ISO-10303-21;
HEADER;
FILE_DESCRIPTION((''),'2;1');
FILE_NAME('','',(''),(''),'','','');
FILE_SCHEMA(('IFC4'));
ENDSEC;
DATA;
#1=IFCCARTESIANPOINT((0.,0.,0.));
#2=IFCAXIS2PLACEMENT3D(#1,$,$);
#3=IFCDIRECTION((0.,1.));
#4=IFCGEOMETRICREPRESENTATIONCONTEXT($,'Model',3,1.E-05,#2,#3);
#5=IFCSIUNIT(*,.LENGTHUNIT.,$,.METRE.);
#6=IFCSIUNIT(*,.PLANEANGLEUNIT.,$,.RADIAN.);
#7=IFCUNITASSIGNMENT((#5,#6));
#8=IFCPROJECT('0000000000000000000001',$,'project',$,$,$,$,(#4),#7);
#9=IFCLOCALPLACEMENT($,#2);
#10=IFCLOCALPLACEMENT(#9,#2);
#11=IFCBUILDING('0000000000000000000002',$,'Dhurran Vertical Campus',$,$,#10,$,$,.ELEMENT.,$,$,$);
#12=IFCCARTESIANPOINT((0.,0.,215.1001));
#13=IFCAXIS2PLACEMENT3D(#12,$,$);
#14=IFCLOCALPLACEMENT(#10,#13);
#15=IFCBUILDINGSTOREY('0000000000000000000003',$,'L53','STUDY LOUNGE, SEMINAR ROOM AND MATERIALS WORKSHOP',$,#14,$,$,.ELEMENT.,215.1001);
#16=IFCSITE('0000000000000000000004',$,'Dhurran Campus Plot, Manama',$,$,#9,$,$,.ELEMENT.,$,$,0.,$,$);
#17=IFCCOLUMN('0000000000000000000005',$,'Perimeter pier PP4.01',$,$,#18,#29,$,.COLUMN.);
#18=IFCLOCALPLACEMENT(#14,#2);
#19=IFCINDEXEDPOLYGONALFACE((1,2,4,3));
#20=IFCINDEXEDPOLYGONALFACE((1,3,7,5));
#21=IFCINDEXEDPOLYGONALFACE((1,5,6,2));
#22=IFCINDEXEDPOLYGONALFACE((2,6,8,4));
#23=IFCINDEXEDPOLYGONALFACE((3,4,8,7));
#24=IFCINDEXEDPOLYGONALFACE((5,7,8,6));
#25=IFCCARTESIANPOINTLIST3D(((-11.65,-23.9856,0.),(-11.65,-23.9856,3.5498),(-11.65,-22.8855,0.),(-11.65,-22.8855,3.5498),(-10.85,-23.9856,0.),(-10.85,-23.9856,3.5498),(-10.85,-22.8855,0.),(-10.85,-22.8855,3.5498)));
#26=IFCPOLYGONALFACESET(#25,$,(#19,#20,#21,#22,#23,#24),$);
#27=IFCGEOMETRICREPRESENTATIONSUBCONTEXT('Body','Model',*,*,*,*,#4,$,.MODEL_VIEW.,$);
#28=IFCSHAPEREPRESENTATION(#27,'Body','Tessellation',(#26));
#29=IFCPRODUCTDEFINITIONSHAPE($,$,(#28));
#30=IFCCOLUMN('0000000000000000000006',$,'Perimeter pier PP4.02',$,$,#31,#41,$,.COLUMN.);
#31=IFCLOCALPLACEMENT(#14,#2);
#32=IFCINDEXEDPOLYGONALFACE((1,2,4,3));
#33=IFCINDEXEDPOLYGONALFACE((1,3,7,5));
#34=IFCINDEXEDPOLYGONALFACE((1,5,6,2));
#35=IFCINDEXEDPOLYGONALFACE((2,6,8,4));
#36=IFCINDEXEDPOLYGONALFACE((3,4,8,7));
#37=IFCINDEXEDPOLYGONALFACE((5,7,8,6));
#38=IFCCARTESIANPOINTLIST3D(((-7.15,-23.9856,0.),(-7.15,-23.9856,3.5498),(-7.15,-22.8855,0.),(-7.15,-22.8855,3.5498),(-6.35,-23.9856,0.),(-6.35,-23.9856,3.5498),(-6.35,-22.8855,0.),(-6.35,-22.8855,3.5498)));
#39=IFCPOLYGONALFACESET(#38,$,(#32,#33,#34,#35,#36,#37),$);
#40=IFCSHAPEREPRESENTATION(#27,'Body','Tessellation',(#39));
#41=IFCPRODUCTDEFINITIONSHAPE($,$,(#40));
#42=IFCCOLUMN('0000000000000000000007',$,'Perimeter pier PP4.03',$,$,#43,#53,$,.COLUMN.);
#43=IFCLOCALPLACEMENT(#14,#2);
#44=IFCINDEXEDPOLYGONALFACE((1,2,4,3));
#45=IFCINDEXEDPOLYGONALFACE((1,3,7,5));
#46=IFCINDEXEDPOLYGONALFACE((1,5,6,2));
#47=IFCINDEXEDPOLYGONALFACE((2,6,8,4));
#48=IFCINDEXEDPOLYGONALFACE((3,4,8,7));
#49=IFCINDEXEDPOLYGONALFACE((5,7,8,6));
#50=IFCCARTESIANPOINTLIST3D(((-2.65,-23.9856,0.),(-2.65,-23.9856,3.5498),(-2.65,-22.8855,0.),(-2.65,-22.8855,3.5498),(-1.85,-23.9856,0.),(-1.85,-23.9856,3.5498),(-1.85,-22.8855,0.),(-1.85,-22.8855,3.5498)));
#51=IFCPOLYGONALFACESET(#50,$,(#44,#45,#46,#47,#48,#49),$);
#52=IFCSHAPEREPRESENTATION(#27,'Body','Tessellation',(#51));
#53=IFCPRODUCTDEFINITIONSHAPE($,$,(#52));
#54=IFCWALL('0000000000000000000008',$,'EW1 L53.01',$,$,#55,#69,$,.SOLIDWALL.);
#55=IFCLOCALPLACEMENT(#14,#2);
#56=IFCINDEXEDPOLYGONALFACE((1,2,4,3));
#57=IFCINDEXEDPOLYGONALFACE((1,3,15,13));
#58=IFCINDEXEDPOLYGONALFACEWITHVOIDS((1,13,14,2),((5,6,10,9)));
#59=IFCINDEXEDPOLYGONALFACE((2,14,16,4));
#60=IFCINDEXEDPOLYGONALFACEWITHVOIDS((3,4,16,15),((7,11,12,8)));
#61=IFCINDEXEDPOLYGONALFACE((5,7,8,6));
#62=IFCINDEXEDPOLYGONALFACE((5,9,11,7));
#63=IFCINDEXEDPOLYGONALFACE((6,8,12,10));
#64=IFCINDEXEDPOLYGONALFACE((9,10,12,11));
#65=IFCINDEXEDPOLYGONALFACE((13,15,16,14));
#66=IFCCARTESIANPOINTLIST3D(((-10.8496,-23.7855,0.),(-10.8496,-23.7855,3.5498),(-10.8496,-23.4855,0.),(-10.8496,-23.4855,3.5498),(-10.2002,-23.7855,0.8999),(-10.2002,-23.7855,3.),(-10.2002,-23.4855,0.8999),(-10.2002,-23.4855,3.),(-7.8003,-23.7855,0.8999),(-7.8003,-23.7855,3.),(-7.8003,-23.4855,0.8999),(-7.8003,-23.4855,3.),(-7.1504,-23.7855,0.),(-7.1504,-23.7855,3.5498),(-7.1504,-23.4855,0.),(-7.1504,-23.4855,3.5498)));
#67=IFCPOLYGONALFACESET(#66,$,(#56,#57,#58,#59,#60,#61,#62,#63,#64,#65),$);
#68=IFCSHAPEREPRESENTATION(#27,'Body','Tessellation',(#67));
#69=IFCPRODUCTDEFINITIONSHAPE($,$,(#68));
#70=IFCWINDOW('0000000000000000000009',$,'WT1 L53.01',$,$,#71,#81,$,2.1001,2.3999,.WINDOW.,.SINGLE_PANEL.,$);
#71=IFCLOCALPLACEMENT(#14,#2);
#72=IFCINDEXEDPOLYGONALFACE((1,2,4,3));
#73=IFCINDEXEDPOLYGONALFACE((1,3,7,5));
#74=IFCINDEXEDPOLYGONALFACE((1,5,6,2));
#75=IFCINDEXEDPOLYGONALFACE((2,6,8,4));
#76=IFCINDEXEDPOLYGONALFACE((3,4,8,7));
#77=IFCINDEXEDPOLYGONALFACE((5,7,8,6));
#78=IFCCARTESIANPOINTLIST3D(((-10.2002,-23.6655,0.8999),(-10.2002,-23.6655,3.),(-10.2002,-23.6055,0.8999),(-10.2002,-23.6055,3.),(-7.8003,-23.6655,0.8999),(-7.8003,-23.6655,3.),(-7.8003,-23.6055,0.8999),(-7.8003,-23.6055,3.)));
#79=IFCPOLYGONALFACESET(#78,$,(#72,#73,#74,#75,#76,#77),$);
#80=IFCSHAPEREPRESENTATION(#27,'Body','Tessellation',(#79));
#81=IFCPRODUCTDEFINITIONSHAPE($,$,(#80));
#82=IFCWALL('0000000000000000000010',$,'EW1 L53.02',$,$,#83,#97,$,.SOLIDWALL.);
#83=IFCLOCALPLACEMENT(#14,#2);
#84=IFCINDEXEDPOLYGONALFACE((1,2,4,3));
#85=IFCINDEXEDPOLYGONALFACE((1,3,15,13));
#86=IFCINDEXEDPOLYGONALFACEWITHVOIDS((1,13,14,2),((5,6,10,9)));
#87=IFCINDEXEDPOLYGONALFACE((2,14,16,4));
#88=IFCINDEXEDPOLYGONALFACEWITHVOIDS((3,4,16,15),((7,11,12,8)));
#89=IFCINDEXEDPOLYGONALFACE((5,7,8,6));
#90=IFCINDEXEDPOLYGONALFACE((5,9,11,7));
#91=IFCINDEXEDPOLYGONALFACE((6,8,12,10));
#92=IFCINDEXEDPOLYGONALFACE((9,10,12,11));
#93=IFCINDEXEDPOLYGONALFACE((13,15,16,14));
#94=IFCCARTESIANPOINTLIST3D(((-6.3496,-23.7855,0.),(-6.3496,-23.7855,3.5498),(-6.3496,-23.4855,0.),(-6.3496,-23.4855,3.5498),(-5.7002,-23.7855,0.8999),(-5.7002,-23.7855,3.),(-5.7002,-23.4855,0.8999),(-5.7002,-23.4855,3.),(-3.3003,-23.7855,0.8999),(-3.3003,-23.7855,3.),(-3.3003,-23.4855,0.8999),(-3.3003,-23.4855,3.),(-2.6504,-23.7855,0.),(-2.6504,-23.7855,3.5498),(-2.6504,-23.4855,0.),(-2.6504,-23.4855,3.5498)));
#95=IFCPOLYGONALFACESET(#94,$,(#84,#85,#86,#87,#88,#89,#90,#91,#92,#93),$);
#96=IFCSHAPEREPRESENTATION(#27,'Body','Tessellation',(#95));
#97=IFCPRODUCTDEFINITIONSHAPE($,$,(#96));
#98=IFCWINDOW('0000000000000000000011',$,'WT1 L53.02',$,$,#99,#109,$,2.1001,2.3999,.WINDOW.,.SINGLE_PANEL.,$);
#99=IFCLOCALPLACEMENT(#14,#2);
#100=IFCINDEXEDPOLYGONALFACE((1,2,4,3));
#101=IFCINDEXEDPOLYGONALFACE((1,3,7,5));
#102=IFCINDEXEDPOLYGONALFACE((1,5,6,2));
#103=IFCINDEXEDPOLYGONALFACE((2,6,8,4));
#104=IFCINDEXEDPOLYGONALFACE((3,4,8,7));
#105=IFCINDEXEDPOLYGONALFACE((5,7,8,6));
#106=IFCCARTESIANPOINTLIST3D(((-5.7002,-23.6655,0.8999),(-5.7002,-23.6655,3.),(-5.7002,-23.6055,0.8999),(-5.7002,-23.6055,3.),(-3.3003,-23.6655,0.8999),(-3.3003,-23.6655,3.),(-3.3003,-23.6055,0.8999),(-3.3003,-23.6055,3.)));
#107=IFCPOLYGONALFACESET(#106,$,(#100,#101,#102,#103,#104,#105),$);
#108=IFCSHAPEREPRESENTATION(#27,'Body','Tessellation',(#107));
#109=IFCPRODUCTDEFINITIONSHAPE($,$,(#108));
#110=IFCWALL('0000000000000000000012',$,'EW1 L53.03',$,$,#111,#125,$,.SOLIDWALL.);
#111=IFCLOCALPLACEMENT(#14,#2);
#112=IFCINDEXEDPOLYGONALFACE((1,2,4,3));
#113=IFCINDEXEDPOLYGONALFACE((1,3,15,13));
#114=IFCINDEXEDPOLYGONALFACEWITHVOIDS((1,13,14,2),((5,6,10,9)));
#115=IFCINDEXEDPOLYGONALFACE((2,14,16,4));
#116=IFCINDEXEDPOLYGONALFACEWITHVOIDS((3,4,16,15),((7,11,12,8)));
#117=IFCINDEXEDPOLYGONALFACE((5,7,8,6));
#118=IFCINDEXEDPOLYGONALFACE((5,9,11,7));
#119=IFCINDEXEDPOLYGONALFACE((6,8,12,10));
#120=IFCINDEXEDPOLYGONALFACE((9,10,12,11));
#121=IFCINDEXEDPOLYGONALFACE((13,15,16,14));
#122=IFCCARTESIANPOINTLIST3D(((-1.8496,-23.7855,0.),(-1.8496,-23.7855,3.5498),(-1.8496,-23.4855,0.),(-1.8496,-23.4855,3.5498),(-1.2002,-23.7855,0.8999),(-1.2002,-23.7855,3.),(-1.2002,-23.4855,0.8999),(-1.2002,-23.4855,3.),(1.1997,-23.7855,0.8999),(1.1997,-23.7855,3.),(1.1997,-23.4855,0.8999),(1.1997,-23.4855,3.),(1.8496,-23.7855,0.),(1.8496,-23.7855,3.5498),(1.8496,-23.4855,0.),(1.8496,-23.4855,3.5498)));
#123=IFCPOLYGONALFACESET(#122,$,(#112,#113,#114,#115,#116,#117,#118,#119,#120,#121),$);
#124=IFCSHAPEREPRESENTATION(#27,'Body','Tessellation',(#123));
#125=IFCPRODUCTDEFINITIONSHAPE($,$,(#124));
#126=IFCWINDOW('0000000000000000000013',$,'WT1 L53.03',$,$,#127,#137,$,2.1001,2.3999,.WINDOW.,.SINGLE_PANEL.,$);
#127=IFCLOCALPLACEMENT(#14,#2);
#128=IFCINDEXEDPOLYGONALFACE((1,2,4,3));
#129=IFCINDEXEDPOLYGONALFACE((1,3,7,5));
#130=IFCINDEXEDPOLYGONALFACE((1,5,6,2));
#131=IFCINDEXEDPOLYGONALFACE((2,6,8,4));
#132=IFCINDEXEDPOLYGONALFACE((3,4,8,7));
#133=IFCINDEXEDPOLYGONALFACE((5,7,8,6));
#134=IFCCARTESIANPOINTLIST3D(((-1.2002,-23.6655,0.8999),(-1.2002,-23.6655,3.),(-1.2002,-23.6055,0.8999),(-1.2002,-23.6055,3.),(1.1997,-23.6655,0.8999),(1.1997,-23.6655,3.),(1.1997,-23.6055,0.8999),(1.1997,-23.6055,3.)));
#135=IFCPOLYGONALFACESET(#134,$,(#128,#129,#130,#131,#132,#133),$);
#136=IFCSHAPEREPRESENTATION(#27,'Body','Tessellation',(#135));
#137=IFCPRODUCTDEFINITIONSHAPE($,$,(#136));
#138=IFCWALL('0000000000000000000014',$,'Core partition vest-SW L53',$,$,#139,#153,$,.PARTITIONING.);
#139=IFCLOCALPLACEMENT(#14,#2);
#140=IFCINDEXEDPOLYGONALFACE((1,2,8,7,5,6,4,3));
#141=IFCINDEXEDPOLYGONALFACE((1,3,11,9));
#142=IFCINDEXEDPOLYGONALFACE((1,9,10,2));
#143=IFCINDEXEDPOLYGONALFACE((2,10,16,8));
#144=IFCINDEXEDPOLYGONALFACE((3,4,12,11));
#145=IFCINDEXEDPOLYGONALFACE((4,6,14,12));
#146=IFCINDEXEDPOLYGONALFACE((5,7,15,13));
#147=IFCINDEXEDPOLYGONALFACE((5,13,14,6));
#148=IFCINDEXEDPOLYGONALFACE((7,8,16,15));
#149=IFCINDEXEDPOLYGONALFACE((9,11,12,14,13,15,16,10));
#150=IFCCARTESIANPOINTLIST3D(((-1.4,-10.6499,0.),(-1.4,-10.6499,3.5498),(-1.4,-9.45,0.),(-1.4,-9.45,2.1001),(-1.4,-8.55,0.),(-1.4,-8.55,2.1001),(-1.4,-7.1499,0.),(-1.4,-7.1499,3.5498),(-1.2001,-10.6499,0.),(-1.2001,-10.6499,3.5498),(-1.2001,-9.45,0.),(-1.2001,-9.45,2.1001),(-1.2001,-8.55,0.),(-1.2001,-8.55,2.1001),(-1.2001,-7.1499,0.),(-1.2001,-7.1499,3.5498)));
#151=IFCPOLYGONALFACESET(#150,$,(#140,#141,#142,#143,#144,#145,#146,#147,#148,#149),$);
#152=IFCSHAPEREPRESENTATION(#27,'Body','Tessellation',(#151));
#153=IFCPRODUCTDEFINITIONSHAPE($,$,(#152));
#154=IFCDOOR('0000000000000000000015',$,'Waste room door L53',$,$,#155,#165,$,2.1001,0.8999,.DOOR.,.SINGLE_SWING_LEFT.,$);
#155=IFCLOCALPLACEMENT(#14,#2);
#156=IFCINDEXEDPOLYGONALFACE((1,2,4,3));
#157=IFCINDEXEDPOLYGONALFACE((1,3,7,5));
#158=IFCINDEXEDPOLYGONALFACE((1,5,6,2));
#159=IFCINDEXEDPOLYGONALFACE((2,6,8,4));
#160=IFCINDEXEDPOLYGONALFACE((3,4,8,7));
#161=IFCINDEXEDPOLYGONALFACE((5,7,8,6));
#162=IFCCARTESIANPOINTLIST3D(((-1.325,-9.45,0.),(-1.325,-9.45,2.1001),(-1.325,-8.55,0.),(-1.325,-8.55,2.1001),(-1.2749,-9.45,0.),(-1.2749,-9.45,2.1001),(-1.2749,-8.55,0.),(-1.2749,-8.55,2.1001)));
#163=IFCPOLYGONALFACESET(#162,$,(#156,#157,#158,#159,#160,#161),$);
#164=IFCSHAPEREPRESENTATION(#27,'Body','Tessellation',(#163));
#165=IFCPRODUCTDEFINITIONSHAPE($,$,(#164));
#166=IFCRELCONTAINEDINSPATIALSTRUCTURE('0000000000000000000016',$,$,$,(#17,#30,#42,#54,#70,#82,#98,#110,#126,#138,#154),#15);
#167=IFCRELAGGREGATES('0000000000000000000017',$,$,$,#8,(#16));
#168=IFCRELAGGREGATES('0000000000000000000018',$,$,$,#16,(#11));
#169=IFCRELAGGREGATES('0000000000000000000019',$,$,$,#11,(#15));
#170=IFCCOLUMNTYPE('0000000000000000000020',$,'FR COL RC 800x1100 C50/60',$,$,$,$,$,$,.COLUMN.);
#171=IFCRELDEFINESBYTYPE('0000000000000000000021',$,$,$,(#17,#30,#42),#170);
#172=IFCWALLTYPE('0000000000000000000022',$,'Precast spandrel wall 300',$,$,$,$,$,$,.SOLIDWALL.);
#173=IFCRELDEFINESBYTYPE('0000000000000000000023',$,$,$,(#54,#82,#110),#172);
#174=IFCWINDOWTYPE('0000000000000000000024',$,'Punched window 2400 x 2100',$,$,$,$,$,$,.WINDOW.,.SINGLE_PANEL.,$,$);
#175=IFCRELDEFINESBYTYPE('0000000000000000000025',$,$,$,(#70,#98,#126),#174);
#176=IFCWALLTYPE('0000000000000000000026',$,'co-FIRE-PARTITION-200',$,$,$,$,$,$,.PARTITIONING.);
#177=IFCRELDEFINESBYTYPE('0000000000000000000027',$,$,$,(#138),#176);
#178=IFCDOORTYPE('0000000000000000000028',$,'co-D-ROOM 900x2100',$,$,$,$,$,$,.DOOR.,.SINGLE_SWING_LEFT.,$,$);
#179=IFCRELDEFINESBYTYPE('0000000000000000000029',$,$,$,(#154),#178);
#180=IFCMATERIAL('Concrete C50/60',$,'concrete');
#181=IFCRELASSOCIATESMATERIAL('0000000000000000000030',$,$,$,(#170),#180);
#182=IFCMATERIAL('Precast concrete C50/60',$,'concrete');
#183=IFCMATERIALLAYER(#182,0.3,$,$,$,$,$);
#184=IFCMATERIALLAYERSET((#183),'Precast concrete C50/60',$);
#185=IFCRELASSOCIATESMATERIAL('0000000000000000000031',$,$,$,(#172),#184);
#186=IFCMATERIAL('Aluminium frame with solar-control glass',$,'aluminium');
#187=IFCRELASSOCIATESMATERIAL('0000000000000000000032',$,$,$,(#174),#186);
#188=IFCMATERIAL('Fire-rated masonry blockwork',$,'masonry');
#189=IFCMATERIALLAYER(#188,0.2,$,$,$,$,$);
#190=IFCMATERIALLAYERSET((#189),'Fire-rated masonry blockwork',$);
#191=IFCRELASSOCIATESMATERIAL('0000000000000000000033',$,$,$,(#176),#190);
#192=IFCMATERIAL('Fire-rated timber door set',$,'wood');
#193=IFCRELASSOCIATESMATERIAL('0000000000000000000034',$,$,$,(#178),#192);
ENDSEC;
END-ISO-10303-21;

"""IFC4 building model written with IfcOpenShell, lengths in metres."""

from ifc_helpers import new_model, si_unit, direction, frame, frame_2d, origin, origin_2d, place, context, subcontext, project, spatial, rectangle, extrude, material, layer, layer_set, material_profile, profile_set, type_object, element, fill, save


model = new_model("IFC4")

# Units and contexts
model_context = context("Model", 3, precision=1e-05, world=origin(), true_north=direction((0.0, 1.0)))
body_context = subcontext(model_context, "Body", "Model", "MODEL_VIEW")
ifc_project = project(units=[si_unit("LENGTHUNIT", "METRE"), si_unit("PLANEANGLEUNIT", "RADIAN")], contexts=[model_context])

# Site, building, storey
site_placement = place(None, origin())
site = spatial("IfcSite", under=ifc_project, at=site_placement, Name="Dhurran Campus Plot, Manama", CompositionType="ELEMENT", RefElevation=0.0)
building_placement = place(site_placement, origin())
building = spatial("IfcBuilding", under=site, at=building_placement, Name="Dhurran Vertical Campus", CompositionType="ELEMENT")
storey_placement = place(building_placement, frame((0.0, 0.0, 215.1001)))
storey = spatial("IfcBuildingStorey", under=building, at=storey_placement, Name="L53", Description="STUDY LOUNGE, SEMINAR ROOM AND MATERIALS WORKSHOP", CompositionType="ELEMENT", Elevation=215.1001)

# Columns
ifc_material_1 = material(Name="Concrete C50/60", Category="concrete")
ifc_material_profile = material_profile(ifc_material_1, rectangle(XDim=0.8, YDim=1.1001, at=origin_2d()), Name="RC 800x1100")
ifc_profile_set = profile_set([ifc_material_profile], Name="Concrete C50/60")
column_type = type_object("IfcColumnType", Name="FR COL RC 800x1100 C50/60", PredefinedType="COLUMN", material=ifc_profile_set)
for number, where, z_axis, x_axis, name in (
    (1, (-11.25, -23.4355, 0.0), (0.0, 0.0, 1.0), (1.0, 0.0, 0.0), "Perimeter pier PP4.01"),
    (2, (-6.75, -23.4355, 0.0), (0.0, 0.0, 1.0), (1.0, 0.0, 0.0), "Perimeter pier PP4.02"),
    (3, (-2.25, -23.4355, 0.0), (0.0, 0.0, 1.0), (1.0, 0.0, 0.0), "Perimeter pier PP4.03"),
):
    element("IfcColumn", number, at=place(storey_placement, frame(where, z_axis=z_axis, x_axis=x_axis)), inside=storey, type_object=column_type, Name=name, PredefinedType="COLUMN", context=body_context, shape_type="SweptSolid", body=[
        extrude(rectangle(XDim=0.8, YDim=1.1001, at=origin_2d()), origin(), (0.0, 0.0, 1.0), 3.5498),
    ])

# Walls, openings, windows
ifc_material_2 = material(Name="Precast concrete C50/60", Category="concrete")
ifc_layer_1 = layer(ifc_material_2, 0.3)
ifc_layer_set_1 = layer_set([ifc_layer_1], Name="Precast concrete C50/60")
wall_type_1 = type_object("IfcWallType", Name="Precast spandrel wall 300", PredefinedType="SOLIDWALL", material=ifc_layer_set_1)
wall_1_placement = place(storey_placement, frame((-10.8496, -23.6355, 0.0), z_axis=(0.0, 0.0, 1.0), x_axis=(1.0, 0.0, 0.0)))
wall_1 = element("IfcWall", 4, at=wall_1_placement, inside=storey, type_object=wall_type_1, Name="EW1 L53.01", PredefinedType="SOLIDWALL", context=body_context, shape_type="SweptSolid", body=[
    extrude(rectangle(XDim=3.6992, YDim=0.3, at=frame_2d((1.8496, 0.0))), origin(), (0.0, 0.0, 1.0), 3.5498),
])
opening_1_placement = place(wall_1_placement, frame((0.6494, 0.0, 0.8999)))
opening_1 = element("IfcOpeningElement", 5, at=opening_1_placement, cuts=wall_1, PredefinedType="OPENING", context=body_context, shape_type="SweptSolid", body=[
    extrude(rectangle(XDim=2.3999, YDim=2.1001, at=frame_2d((1.2, 1.05))), frame((0.0, 0.1599, 0.0), z_axis=(0.0, -1.0, 0.0), x_axis=(1.0, 0.0, 0.0)), (0.0, 0.0, 1.0), 0.3201),
])
ifc_material_3 = material(Name="Aluminium frame with solar-control glass", Category="aluminium")
window_type = type_object("IfcWindowType", Name="Punched window 2400 x 2100", PartitioningType="SINGLE_PANEL", PredefinedType="WINDOW", material=ifc_material_3)
window_1_placement = place(opening_1_placement, origin())
window_1 = element("IfcWindow", 6, at=window_1_placement, inside=storey, type_object=window_type, Name="WT1 L53.01", OverallHeight=2.1001, OverallWidth=2.3999, PartitioningType="SINGLE_PANEL", PredefinedType="WINDOW", context=body_context, shape_type="SweptSolid", body=[
    extrude(rectangle(XDim=2.3999, YDim=2.1001, at=frame_2d((1.2, 1.05))), frame((0.0, 0.03, 0.0), z_axis=(0.0, -1.0, 0.0), x_axis=(1.0, 0.0, 0.0)), (0.0, 0.0, 1.0), 0.0601),
])
fill(opening_1, window_1)
wall_2_placement = place(storey_placement, frame((-6.3496, -23.6355, 0.0), z_axis=(0.0, 0.0, 1.0), x_axis=(1.0, 0.0, 0.0)))
wall_2 = element("IfcWall", 7, at=wall_2_placement, inside=storey, type_object=wall_type_1, Name="EW1 L53.02", PredefinedType="SOLIDWALL", context=body_context, shape_type="SweptSolid", body=[
    extrude(rectangle(XDim=3.6992, YDim=0.3, at=frame_2d((1.8496, 0.0))), origin(), (0.0, 0.0, 1.0), 3.5498),
])
opening_2_placement = place(wall_2_placement, frame((0.6494, 0.0, 0.8999)))
opening_2 = element("IfcOpeningElement", 8, at=opening_2_placement, cuts=wall_2, PredefinedType="OPENING", context=body_context, shape_type="SweptSolid", body=[
    extrude(rectangle(XDim=2.3999, YDim=2.1001, at=frame_2d((1.2, 1.05))), frame((0.0, 0.1599, 0.0), z_axis=(0.0, -1.0, 0.0), x_axis=(1.0, 0.0, 0.0)), (0.0, 0.0, 1.0), 0.3201),
])
window_2_placement = place(opening_2_placement, origin())
window_2 = element("IfcWindow", 9, at=window_2_placement, inside=storey, type_object=window_type, Name="WT1 L53.02", OverallHeight=2.1001, OverallWidth=2.3999, PartitioningType="SINGLE_PANEL", PredefinedType="WINDOW", context=body_context, shape_type="SweptSolid", body=[
    extrude(rectangle(XDim=2.3999, YDim=2.1001, at=frame_2d((1.2, 1.05))), frame((0.0, 0.03, 0.0), z_axis=(0.0, -1.0, 0.0), x_axis=(1.0, 0.0, 0.0)), (0.0, 0.0, 1.0), 0.0601),
])
fill(opening_2, window_2)
wall_3_placement = place(storey_placement, frame((-1.8496, -23.6355, 0.0), z_axis=(0.0, 0.0, 1.0), x_axis=(1.0, 0.0, 0.0)))
wall_3 = element("IfcWall", 10, at=wall_3_placement, inside=storey, type_object=wall_type_1, Name="EW1 L53.03", PredefinedType="SOLIDWALL", context=body_context, shape_type="SweptSolid", body=[
    extrude(rectangle(XDim=3.6992, YDim=0.3, at=frame_2d((1.8496, 0.0))), origin(), (0.0, 0.0, 1.0), 3.5498),
])
opening_3_placement = place(wall_3_placement, frame((0.6494, 0.0, 0.8999)))
opening_3 = element("IfcOpeningElement", 11, at=opening_3_placement, cuts=wall_3, PredefinedType="OPENING", context=body_context, shape_type="SweptSolid", body=[
    extrude(rectangle(XDim=2.3999, YDim=2.1001, at=frame_2d((1.2, 1.05))), frame((0.0, 0.1599, 0.0), z_axis=(0.0, -1.0, 0.0), x_axis=(1.0, 0.0, 0.0)), (0.0, 0.0, 1.0), 0.3201),
])
window_3_placement = place(opening_3_placement, origin())
window_3 = element("IfcWindow", 12, at=window_3_placement, inside=storey, type_object=window_type, Name="WT1 L53.03", OverallHeight=2.1001, OverallWidth=2.3999, PartitioningType="SINGLE_PANEL", PredefinedType="WINDOW", context=body_context, shape_type="SweptSolid", body=[
    extrude(rectangle(XDim=2.3999, YDim=2.1001, at=frame_2d((1.2, 1.05))), frame((0.0, 0.03, 0.0), z_axis=(0.0, -1.0, 0.0), x_axis=(1.0, 0.0, 0.0)), (0.0, 0.0, 1.0), 0.0601),
])
fill(opening_3, window_3)

# Wall, opening, door
ifc_material_4 = material(Name="Fire-rated masonry blockwork", Category="masonry")
ifc_layer_2 = layer(ifc_material_4, 0.2)
ifc_layer_set_2 = layer_set([ifc_layer_2], Name="Fire-rated masonry blockwork")
wall_type_2 = type_object("IfcWallType", Name="co-FIRE-PARTITION-200", PredefinedType="PARTITIONING", material=ifc_layer_set_2)
wall_4_placement = place(storey_placement, frame((-1.3, -10.6499, 0.0), z_axis=(0.0, 0.0, 1.0), x_axis=(0.0, 1.0, 0.0)))
wall_4 = element("IfcWall", 13, at=wall_4_placement, inside=storey, type_object=wall_type_2, Name="Core partition vest-SW L53", PredefinedType="PARTITIONING", context=body_context, shape_type="SweptSolid", body=[
    extrude(rectangle(XDim=3.5, YDim=0.2, at=frame_2d((1.75, 0.0))), origin(), (0.0, 0.0, 1.0), 3.5498),
])
opening_4_placement = place(wall_4_placement, frame((1.2, 0.0, 0.0)))
opening_4 = element("IfcOpeningElement", 14, at=opening_4_placement, cuts=wall_4, PredefinedType="OPENING", context=body_context, shape_type="SweptSolid", body=[
    extrude(rectangle(XDim=0.8999, YDim=2.1001, at=frame_2d((0.45, 1.05))), frame((0.0, 0.1099, 0.0), z_axis=(0.0, -1.0, 0.0), x_axis=(1.0, 0.0, 0.0)), (0.0, 0.0, 1.0), 0.22),
])
ifc_material_5 = material(Name="Fire-rated timber door set", Category="wood")
door_type = type_object("IfcDoorType", Name="co-D-ROOM 900x2100", OperationType="SINGLE_SWING_LEFT", PredefinedType="DOOR", material=ifc_material_5)
door_placement = place(opening_4_placement, origin())
door = element("IfcDoor", 15, at=door_placement, inside=storey, type_object=door_type, Name="Waste room door L53", OperationType="SINGLE_SWING_LEFT", OverallHeight=2.1001, OverallWidth=0.8999, PredefinedType="DOOR", context=body_context, shape_type="SweptSolid", body=[
    extrude(rectangle(XDim=0.8999, YDim=2.1001, at=frame_2d((0.45, 1.05))), frame((0.0, 0.0249, 0.0), z_axis=(0.0, -1.0, 0.0), x_axis=(1.0, 0.0, 0.0)), (0.0, 0.0, 1.0), 0.05),
])
fill(opening_4, door)

save(model, "model.ifc")
